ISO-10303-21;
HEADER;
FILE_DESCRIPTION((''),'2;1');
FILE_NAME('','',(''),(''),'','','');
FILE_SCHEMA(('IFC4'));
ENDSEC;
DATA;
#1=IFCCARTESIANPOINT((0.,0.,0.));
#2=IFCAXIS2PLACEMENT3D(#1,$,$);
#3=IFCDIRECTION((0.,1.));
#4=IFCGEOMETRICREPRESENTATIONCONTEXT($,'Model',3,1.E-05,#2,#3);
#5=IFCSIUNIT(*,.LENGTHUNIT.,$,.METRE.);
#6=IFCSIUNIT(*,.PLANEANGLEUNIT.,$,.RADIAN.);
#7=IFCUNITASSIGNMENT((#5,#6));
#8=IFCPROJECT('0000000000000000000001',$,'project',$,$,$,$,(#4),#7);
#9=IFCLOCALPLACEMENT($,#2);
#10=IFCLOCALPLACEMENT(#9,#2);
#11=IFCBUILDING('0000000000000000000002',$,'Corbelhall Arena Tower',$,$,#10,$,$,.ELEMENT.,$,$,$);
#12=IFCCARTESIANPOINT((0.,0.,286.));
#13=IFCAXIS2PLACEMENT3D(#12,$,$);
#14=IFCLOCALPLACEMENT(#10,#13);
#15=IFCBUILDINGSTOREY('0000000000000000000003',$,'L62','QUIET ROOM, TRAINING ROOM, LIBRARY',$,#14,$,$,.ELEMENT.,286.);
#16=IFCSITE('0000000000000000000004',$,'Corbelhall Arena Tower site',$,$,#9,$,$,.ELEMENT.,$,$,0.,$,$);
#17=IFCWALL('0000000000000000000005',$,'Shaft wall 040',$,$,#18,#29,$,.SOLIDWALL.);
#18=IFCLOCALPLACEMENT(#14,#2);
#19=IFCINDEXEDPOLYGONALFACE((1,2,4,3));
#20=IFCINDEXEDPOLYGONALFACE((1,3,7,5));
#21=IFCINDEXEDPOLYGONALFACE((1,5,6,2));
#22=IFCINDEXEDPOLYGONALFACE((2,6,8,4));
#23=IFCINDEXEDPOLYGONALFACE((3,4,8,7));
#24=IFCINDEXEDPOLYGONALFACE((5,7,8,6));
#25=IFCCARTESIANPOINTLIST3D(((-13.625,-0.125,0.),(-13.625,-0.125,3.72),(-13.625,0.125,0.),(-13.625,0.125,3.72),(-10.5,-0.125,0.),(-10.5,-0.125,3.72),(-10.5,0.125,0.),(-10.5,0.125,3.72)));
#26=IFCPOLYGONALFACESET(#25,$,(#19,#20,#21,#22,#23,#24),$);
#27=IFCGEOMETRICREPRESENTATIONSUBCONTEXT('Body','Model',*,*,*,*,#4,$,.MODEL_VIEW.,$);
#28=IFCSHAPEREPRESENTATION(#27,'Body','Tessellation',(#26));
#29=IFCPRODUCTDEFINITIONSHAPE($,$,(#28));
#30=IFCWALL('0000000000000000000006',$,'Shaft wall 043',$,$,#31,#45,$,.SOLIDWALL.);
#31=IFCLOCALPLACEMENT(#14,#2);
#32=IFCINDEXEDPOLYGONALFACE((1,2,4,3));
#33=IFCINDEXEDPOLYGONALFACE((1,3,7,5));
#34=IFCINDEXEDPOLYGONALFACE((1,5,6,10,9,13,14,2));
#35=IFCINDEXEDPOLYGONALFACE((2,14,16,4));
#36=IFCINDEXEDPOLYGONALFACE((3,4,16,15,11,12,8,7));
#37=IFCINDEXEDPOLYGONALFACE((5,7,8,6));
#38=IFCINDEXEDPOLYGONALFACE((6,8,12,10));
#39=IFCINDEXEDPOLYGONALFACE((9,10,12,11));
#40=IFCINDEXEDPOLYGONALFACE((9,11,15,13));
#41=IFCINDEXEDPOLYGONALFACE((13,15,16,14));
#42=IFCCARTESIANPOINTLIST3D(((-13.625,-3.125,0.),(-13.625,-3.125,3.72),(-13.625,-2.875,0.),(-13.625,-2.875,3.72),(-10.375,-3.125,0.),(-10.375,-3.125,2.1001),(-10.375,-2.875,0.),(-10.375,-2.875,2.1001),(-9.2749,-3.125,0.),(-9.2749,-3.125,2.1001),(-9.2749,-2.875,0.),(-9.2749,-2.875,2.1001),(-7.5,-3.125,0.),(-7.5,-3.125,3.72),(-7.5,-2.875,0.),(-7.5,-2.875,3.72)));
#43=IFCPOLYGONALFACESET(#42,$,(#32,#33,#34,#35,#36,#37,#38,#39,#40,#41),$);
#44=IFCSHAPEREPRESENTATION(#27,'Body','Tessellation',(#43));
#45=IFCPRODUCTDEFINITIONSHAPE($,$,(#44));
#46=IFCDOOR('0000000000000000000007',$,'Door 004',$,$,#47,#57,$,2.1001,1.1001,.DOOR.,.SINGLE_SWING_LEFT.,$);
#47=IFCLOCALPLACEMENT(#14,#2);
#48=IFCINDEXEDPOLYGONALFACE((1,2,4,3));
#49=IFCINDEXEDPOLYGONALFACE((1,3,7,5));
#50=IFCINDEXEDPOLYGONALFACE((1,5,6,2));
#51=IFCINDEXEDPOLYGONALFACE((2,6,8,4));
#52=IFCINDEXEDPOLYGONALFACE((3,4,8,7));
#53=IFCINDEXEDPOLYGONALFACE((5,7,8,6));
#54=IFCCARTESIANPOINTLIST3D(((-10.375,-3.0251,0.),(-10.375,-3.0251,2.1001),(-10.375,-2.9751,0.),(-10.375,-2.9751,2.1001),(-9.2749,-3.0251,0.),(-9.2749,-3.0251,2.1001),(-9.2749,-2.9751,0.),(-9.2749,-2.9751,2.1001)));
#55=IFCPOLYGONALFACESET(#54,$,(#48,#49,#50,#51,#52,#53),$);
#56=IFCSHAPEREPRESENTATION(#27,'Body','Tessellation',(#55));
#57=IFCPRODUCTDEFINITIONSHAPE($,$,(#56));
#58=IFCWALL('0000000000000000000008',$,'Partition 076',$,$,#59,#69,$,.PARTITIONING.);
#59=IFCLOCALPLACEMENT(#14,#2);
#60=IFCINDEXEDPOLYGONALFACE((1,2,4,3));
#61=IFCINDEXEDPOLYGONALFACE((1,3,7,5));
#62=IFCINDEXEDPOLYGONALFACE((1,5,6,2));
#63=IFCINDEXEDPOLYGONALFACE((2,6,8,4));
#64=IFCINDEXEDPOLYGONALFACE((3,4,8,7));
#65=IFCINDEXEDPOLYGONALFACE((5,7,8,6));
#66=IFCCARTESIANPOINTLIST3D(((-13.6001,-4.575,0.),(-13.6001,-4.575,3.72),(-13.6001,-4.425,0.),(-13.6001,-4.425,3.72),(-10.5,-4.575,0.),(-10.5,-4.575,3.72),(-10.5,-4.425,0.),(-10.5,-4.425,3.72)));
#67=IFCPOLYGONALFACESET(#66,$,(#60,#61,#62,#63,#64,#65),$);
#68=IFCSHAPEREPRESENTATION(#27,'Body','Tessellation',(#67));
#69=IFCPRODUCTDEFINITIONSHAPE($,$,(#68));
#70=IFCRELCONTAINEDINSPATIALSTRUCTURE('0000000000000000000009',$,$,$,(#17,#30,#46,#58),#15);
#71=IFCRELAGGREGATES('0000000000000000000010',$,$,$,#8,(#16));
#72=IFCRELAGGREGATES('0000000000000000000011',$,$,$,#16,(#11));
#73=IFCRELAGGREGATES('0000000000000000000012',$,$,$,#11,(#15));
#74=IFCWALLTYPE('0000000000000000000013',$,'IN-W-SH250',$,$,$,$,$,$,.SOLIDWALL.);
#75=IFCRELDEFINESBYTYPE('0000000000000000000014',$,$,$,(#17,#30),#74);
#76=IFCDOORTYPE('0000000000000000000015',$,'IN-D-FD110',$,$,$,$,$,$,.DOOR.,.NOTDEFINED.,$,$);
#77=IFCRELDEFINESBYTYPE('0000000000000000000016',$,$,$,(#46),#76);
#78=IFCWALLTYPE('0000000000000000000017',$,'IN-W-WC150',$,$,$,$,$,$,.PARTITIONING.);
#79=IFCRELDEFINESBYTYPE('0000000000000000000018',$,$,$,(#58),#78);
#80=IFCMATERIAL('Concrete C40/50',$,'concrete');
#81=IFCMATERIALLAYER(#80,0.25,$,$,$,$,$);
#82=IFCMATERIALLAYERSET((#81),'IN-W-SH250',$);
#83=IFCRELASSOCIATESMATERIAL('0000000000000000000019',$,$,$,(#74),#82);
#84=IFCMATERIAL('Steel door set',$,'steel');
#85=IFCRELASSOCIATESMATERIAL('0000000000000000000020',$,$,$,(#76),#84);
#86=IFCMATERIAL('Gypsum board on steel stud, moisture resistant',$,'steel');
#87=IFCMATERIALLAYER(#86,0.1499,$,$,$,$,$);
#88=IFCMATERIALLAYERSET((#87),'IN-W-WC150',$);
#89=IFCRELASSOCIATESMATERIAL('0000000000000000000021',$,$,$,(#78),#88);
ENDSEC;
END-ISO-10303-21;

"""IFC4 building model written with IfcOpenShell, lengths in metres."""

from ifc_helpers import new_model, si_unit, direction, frame, frame_2d, origin, place, context, subcontext, project, spatial, rectangle, extrude, material, layer, layer_set, type_object, element, fill, save


model = new_model("IFC4")

# Units and contexts
model_context = context("Model", 3, precision=1e-05, world=origin(), true_north=direction((0.0, 1.0)))
body_context = subcontext(model_context, "Body", "Model", "MODEL_VIEW")
ifc_project = project(units=[si_unit("LENGTHUNIT", "METRE"), si_unit("PLANEANGLEUNIT", "RADIAN")], contexts=[model_context])

# Site, building, storey
site_placement = place(None, origin())
site = spatial("IfcSite", under=ifc_project, at=site_placement, Name="Corbelhall Arena Tower site", CompositionType="ELEMENT", RefElevation=0.0)
building_placement = place(site_placement, origin())
building = spatial("IfcBuilding", under=site, at=building_placement, Name="Corbelhall Arena Tower", CompositionType="ELEMENT")
storey_placement = place(building_placement, frame((0.0, 0.0, 286.0)))
storey = spatial("IfcBuildingStorey", under=building, at=storey_placement, Name="L62", Description="QUIET ROOM, TRAINING ROOM, LIBRARY", CompositionType="ELEMENT", Elevation=286.0)

# Wall
ifc_material_1 = material(Name="Concrete C40/50", Category="concrete")
ifc_layer_1 = layer(ifc_material_1, 0.25)
ifc_layer_set_1 = layer_set([ifc_layer_1], Name="IN-W-SH250")
wall_type_1 = type_object("IfcWallType", Name="IN-W-SH250", PredefinedType="SOLIDWALL", material=ifc_layer_set_1)
wall_1_placement = place(storey_placement, frame((-13.625, 0.0, 0.0), z_axis=(0.0, 0.0, 1.0), x_axis=(1.0, 0.0, 0.0)))
element("IfcWall", 1, at=wall_1_placement, inside=storey, type_object=wall_type_1, Name="Shaft wall 040", PredefinedType="SOLIDWALL", context=body_context, shape_type="SweptSolid", body=[
    extrude(rectangle(XDim=3.125, YDim=0.25, at=frame_2d((1.5625, 0.0))), origin(), (0.0, 0.0, 1.0), 3.72),
])

# Wall, opening, door
wall_2_placement = place(storey_placement, frame((-13.625, -3.0, 0.0), z_axis=(0.0, 0.0, 1.0), x_axis=(1.0, 0.0, 0.0)))
wall_2 = element("IfcWall", 2, at=wall_2_placement, inside=storey, type_object=wall_type_1, Name="Shaft wall 043", PredefinedType="SOLIDWALL", context=body_context, shape_type="SweptSolid", body=[
    extrude(rectangle(XDim=6.125, YDim=0.25, at=frame_2d((3.0625, 0.0))), origin(), (0.0, 0.0, 1.0), 3.72),
])
opening_1_placement = place(wall_2_placement, frame((3.25, 0.0, 0.0)))
opening_1 = element("IfcOpeningElement", 3, at=opening_1_placement, cuts=wall_2, PredefinedType="OPENING", context=body_context, shape_type="SweptSolid", body=[
    extrude(rectangle(XDim=1.1001, YDim=2.1001, at=frame_2d((0.55, 1.05))), frame((0.0, 0.125, 0.0), z_axis=(0.0, -1.0, 0.0), x_axis=(1.0, 0.0, 0.0)), (0.0, 0.0, 1.0), 0.25),
])
ifc_material_2 = material(Name="Steel door set", Category="steel")
door_type = type_object("IfcDoorType", Name="IN-D-FD110", OperationType="NOTDEFINED", PredefinedType="DOOR", material=ifc_material_2)
door_placement = place(opening_1_placement, origin())
door = element("IfcDoor", 4, at=door_placement, inside=storey, type_object=door_type, Name="Door 004", OperationType="SINGLE_SWING_LEFT", OverallHeight=2.1001, OverallWidth=1.1001, PredefinedType="DOOR", context=body_context, shape_type="SweptSolid", body=[
    extrude(rectangle(XDim=1.1001, YDim=2.1001, at=frame_2d((0.55, 1.05))), frame((0.0, 0.0249, 0.0), z_axis=(0.0, -1.0, 0.0), x_axis=(1.0, 0.0, 0.0)), (0.0, 0.0, 1.0), 0.05),
])
fill(opening_1, door)

# Wall
ifc_material_3 = material(Name="Gypsum board on steel stud, moisture resistant", Category="steel")
ifc_layer_2 = layer(ifc_material_3, 0.1499)
ifc_layer_set_2 = layer_set([ifc_layer_2], Name="IN-W-WC150")
wall_type_2 = type_object("IfcWallType", Name="IN-W-WC150", PredefinedType="PARTITIONING", material=ifc_layer_set_2)
wall_3_placement = place(storey_placement, frame((-13.6001, -4.5, 0.0), z_axis=(0.0, 0.0, 1.0), x_axis=(1.0, 0.0, 0.0)))
element("IfcWall", 5, at=wall_3_placement, inside=storey, type_object=wall_type_2, Name="Partition 076", PredefinedType="PARTITIONING", context=body_context, shape_type="SweptSolid", body=[
    extrude(rectangle(XDim=3.1001, YDim=0.1499, at=frame_2d((1.55, 0.0))), origin(), (0.0, 0.0, 1.0), 3.72),
])

save(model, "model.ifc")
